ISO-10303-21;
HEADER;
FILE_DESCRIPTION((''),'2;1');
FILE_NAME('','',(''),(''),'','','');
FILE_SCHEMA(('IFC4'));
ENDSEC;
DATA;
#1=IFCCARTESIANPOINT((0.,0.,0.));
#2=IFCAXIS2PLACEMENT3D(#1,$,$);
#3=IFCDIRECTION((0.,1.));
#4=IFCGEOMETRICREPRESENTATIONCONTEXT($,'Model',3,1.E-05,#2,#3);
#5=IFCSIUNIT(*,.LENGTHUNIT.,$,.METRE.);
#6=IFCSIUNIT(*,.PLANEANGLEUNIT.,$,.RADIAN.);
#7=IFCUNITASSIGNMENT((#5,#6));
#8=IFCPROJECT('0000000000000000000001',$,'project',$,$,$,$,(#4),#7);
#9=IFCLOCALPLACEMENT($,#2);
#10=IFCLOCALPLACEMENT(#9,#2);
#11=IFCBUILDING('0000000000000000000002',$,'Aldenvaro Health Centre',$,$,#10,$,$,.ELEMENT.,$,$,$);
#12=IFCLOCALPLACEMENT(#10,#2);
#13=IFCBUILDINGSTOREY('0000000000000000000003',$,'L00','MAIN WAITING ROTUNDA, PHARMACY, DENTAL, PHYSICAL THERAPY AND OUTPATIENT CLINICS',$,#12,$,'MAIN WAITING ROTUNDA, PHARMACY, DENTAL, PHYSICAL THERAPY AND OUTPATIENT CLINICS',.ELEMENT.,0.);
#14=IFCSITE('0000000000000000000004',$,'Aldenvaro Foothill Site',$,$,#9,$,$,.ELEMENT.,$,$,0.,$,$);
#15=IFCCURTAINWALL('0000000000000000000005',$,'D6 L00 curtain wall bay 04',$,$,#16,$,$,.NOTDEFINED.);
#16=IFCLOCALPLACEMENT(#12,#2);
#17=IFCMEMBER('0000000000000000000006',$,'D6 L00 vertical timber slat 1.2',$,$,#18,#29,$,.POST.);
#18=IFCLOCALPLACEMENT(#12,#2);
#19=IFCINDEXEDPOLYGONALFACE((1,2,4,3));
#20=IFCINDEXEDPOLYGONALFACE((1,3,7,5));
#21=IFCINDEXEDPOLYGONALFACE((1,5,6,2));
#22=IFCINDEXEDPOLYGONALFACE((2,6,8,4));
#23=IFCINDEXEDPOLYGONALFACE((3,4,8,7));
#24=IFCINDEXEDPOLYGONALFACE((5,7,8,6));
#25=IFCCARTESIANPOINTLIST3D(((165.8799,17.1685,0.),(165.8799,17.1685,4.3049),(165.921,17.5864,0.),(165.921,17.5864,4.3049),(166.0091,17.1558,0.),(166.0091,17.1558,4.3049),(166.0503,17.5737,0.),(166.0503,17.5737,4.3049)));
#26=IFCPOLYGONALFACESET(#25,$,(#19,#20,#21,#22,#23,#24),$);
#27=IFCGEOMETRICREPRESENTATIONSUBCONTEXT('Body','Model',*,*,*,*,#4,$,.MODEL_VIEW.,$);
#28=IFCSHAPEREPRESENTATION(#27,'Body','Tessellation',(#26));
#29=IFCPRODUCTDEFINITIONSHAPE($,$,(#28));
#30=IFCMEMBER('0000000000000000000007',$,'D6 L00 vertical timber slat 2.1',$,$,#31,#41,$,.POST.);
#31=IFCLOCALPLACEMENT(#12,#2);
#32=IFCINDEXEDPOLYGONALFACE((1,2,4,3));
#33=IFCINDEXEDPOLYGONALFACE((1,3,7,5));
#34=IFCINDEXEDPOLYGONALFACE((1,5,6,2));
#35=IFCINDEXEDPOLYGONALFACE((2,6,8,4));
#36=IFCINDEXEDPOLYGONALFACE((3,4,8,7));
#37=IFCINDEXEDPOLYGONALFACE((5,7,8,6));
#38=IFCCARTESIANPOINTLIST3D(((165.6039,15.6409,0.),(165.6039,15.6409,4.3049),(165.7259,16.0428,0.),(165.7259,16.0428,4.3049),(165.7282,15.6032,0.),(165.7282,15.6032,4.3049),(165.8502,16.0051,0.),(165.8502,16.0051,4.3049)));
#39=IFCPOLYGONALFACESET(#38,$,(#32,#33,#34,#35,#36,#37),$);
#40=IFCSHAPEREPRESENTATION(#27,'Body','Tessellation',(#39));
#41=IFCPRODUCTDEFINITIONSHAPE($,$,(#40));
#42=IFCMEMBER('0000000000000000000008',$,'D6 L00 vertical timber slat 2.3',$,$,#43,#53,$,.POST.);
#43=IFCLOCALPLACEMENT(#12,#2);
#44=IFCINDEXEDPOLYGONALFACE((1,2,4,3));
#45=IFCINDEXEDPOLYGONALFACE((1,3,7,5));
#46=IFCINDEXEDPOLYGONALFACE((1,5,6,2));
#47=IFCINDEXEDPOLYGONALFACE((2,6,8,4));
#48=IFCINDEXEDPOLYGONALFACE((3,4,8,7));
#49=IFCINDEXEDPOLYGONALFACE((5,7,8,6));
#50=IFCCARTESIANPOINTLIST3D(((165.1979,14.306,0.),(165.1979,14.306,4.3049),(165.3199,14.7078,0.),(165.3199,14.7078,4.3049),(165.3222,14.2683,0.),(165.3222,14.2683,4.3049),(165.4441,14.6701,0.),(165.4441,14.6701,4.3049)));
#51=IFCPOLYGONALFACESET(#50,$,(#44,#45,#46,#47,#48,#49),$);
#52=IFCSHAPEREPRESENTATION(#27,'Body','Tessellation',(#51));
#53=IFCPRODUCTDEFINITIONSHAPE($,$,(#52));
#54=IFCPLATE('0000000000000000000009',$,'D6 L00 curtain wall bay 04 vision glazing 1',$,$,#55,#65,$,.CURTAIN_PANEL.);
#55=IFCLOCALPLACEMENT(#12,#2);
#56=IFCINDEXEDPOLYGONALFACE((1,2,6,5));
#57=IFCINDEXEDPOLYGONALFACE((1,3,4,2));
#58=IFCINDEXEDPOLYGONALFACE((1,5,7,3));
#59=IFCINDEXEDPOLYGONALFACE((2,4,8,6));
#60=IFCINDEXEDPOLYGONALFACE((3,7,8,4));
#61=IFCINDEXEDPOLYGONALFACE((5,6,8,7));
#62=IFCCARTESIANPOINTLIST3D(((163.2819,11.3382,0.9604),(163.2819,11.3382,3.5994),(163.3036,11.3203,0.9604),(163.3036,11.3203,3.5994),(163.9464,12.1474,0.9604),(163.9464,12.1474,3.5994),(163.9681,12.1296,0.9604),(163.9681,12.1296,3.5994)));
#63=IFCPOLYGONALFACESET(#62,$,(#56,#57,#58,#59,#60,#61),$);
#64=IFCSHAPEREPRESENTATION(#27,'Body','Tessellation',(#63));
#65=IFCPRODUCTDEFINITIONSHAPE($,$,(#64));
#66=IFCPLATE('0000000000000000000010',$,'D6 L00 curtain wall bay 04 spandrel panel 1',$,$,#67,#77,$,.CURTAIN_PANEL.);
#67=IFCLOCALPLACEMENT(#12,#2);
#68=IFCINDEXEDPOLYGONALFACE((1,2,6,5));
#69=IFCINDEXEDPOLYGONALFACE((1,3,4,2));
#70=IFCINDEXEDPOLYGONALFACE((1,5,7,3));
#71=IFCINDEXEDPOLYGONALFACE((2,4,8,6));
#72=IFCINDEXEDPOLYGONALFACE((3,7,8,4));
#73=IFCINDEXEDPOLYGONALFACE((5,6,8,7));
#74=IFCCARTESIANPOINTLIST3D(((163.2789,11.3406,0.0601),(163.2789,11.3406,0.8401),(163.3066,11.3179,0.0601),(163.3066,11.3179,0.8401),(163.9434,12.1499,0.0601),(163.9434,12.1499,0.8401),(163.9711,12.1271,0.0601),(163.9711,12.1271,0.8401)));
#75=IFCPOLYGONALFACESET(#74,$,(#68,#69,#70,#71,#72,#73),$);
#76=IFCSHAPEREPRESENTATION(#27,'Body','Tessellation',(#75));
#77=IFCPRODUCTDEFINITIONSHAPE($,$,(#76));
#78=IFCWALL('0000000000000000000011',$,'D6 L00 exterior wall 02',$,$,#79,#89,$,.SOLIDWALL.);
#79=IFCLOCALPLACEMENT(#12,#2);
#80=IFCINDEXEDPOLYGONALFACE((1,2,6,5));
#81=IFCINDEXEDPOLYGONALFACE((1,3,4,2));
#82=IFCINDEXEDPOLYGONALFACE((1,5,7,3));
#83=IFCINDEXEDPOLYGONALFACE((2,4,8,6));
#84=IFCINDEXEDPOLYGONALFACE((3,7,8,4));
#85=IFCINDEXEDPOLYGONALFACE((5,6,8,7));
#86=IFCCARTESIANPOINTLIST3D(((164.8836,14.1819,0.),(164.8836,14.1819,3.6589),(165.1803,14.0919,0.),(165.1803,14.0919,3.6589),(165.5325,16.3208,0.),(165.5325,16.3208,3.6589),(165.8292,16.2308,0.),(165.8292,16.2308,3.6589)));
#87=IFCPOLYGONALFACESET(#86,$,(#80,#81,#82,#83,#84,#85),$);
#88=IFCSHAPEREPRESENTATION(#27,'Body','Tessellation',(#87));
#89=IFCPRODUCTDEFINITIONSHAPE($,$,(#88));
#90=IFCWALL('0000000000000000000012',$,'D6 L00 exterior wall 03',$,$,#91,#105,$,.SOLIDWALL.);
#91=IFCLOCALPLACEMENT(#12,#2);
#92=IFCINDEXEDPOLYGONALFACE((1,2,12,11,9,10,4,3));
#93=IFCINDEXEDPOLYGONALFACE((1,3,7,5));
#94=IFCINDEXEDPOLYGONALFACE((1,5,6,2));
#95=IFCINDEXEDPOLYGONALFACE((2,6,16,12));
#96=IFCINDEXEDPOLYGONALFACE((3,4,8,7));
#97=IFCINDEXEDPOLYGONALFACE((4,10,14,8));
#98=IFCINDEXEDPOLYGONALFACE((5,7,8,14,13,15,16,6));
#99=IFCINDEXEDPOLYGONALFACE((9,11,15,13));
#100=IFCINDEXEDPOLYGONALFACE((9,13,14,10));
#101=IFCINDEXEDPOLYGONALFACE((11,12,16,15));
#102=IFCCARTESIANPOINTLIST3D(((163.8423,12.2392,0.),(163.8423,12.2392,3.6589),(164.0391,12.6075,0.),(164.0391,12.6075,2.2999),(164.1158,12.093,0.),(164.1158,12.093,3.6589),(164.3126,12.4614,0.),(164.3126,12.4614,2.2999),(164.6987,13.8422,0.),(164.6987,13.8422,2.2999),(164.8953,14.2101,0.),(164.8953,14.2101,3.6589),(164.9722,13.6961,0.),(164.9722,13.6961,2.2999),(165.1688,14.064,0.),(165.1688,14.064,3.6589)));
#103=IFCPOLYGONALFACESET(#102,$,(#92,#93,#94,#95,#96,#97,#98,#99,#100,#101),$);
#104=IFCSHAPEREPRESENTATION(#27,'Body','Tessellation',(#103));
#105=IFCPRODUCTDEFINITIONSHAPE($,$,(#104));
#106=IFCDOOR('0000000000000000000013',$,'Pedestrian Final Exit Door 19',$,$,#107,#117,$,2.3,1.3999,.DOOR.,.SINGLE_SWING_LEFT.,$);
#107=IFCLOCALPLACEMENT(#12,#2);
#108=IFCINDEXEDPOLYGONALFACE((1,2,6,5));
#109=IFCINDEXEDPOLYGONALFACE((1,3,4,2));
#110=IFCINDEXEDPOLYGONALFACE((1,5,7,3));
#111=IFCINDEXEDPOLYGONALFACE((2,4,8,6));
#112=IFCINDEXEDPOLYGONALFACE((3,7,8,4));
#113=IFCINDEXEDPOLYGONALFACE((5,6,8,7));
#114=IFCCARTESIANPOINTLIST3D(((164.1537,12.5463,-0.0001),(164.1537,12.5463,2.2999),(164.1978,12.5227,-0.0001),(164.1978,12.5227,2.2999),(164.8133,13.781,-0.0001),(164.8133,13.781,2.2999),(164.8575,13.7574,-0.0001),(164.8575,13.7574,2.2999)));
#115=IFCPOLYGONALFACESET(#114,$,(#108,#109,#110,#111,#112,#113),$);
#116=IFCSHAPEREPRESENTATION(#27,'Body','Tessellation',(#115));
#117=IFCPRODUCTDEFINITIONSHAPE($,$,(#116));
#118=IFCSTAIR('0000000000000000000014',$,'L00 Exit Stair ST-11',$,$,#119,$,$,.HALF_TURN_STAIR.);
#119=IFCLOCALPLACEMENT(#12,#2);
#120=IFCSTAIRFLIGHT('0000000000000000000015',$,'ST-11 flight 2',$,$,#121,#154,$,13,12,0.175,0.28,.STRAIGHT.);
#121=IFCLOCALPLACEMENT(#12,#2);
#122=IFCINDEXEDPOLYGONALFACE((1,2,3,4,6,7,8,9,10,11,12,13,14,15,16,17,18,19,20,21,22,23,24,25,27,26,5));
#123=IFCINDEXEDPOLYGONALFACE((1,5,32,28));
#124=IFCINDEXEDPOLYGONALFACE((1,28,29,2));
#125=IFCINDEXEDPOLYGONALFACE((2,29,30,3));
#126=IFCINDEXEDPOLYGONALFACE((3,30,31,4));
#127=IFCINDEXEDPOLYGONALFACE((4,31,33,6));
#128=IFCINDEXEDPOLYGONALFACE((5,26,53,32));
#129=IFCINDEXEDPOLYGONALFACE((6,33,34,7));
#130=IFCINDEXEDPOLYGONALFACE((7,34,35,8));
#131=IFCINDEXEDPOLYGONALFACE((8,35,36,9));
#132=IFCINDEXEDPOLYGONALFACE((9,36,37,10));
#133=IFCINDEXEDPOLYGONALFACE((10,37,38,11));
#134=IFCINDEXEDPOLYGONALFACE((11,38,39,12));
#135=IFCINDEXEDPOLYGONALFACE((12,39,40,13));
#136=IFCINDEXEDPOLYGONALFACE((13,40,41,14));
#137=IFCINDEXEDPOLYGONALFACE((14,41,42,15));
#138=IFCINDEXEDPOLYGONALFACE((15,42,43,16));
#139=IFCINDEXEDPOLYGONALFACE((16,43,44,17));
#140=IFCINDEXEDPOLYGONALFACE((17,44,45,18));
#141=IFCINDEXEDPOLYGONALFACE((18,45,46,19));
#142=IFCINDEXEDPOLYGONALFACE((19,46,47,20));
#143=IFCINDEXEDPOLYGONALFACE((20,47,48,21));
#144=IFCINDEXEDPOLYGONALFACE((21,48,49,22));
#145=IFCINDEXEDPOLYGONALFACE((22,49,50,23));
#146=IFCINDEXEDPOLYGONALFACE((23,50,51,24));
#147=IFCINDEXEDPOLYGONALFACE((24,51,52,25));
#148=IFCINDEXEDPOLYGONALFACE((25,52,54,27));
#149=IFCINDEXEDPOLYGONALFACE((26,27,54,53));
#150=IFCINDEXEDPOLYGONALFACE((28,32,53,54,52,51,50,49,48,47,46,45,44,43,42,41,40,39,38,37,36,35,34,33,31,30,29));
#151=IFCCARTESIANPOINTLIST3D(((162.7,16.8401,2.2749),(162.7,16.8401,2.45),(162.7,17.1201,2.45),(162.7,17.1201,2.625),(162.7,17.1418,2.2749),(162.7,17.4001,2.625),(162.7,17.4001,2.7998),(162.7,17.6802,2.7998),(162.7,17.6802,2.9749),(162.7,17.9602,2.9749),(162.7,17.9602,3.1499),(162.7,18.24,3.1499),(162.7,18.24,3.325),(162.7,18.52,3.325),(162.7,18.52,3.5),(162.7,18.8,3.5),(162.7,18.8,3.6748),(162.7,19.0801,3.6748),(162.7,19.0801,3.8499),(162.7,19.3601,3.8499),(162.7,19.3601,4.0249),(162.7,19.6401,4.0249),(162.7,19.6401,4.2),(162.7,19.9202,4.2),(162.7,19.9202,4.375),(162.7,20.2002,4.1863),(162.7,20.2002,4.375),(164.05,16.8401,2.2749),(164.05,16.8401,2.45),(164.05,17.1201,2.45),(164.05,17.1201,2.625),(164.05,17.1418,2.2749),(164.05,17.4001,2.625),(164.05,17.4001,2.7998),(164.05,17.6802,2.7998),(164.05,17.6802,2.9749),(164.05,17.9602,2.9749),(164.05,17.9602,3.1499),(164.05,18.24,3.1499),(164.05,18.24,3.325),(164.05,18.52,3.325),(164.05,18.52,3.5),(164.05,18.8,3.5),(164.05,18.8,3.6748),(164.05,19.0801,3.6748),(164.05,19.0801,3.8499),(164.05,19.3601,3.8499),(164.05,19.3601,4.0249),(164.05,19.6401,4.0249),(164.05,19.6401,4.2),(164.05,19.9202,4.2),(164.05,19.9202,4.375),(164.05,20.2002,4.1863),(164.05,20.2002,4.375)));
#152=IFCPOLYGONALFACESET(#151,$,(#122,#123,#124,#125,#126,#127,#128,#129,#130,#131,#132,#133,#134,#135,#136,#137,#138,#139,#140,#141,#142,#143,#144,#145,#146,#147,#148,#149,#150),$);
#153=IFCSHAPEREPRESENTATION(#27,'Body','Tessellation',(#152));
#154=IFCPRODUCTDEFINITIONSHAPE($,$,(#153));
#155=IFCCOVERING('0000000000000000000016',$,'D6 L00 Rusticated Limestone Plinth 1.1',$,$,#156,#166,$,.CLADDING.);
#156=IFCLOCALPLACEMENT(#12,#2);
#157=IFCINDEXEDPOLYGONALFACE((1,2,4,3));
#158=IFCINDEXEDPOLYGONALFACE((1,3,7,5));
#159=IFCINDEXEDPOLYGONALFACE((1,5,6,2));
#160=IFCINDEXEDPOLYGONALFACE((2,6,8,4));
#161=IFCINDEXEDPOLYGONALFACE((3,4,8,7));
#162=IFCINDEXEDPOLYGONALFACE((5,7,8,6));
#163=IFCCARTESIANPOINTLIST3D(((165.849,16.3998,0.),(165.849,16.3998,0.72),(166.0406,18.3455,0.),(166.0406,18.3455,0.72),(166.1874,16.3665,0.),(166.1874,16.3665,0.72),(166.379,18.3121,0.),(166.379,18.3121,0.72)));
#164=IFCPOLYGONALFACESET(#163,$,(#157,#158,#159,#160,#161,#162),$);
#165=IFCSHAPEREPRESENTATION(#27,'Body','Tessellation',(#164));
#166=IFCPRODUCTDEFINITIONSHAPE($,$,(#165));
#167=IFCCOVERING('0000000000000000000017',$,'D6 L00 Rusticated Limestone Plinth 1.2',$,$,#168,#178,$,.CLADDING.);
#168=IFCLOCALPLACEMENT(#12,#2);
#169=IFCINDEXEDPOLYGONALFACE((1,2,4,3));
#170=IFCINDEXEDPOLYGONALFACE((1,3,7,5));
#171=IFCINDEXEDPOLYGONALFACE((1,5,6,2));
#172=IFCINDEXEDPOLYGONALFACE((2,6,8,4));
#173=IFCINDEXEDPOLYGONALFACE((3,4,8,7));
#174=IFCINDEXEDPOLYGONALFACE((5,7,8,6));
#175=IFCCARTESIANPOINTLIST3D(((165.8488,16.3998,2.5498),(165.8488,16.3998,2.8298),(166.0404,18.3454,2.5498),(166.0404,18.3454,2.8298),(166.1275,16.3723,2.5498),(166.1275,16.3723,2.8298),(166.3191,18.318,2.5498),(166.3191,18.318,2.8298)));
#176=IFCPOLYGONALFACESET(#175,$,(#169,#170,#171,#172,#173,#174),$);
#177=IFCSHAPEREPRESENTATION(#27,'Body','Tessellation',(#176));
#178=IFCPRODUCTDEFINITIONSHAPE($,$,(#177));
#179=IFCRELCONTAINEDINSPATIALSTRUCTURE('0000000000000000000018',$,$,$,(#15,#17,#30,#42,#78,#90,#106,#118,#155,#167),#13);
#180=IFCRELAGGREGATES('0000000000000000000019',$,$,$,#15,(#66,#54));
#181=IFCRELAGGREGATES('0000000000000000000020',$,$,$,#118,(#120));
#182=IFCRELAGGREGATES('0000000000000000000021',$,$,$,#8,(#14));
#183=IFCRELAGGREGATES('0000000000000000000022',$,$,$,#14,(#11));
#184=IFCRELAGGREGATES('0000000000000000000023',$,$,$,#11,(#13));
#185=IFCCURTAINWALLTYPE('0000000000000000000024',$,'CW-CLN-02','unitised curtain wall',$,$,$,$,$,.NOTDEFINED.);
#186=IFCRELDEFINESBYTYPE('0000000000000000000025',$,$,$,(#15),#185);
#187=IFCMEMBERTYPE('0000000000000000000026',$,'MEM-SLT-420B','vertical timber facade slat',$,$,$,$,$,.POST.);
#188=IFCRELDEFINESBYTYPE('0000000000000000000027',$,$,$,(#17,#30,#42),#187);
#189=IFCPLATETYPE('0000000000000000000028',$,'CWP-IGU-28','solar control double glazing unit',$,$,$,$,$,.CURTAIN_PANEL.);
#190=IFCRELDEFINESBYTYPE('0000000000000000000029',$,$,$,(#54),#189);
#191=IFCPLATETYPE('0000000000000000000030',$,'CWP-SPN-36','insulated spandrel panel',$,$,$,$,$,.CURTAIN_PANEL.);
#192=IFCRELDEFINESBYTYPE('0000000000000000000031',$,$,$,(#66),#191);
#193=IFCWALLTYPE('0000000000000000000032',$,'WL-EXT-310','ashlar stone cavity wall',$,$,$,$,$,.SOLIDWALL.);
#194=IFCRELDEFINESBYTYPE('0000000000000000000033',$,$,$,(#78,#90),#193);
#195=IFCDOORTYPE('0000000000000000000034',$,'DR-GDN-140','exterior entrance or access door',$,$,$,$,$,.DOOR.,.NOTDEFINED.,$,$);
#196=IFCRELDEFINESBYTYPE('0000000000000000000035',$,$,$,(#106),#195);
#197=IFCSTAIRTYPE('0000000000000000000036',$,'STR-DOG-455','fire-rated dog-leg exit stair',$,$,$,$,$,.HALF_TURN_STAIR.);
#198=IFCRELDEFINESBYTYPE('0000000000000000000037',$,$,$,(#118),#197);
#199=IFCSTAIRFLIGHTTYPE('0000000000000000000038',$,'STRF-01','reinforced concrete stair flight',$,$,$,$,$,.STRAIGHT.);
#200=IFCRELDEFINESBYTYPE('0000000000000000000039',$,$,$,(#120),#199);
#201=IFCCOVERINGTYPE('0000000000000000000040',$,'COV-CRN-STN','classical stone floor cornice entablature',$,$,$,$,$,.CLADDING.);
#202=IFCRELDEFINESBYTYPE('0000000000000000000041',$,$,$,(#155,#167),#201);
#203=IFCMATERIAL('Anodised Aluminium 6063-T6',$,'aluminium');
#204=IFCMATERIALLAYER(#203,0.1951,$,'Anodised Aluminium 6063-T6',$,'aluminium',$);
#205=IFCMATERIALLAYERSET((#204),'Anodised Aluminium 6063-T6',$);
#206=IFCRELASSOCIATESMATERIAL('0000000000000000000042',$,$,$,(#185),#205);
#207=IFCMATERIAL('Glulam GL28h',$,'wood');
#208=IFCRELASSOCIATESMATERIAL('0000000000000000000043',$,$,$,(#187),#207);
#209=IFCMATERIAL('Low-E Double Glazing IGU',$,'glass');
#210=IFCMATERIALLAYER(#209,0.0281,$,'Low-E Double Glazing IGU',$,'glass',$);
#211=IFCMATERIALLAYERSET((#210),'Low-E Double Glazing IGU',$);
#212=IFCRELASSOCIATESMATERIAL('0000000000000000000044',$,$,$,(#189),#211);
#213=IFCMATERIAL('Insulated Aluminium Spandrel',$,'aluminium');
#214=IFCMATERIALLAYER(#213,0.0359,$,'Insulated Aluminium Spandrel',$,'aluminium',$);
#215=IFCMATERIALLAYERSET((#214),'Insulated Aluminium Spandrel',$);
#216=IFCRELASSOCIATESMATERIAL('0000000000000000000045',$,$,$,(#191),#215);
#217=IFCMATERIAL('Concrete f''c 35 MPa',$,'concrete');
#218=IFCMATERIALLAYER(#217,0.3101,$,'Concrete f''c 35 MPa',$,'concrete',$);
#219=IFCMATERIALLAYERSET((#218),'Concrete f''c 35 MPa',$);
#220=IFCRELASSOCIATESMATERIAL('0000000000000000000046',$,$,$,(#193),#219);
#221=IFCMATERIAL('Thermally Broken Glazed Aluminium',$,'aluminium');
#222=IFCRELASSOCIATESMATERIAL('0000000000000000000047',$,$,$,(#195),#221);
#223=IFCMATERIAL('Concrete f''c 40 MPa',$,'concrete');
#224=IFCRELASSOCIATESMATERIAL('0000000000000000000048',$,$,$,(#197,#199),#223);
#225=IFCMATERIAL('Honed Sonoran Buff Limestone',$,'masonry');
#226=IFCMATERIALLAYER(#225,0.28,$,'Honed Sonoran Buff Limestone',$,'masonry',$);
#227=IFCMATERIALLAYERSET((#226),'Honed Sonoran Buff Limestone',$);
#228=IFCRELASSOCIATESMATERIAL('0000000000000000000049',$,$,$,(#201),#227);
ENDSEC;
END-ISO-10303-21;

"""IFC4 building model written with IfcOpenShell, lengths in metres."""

from ifc_helpers import new_model, si_unit, direction, frame, frame_2d, origin, origin_2d, place, context, subcontext, project, spatial, polyline, rectangle, outline, extrude, material, layer, layer_set, material_profile, profile_set, type_object, element, fill, aggregate, save


model = new_model("IFC4")

# Units and contexts
model_context = context("Model", 3, precision=1e-05, world=origin(), true_north=direction((0.0, 1.0)))
body_context = subcontext(model_context, "Body", "Model", "MODEL_VIEW")
ifc_project = project(units=[si_unit("LENGTHUNIT", "METRE"), si_unit("PLANEANGLEUNIT", "RADIAN")], contexts=[model_context])

# Site, building, storey
site_placement = place(None, origin())
site = spatial("IfcSite", under=ifc_project, at=site_placement, Name="Aldenvaro Foothill Site", CompositionType="ELEMENT", RefElevation=0.0)
building_placement = place(site_placement, origin())
building = spatial("IfcBuilding", under=site, at=building_placement, Name="Aldenvaro Health Centre", CompositionType="ELEMENT")
storey_placement = place(building_placement, origin())
storey = spatial("IfcBuildingStorey", under=building, at=storey_placement, Name="L00", Description="MAIN WAITING ROTUNDA, PHARMACY, DENTAL, PHYSICAL THERAPY AND OUTPATIENT CLINICS", LongName="MAIN WAITING ROTUNDA, PHARMACY, DENTAL, PHYSICAL THERAPY AND OUTPATIENT CLINICS", CompositionType="ELEMENT", Elevation=0.0)

# Shared definitions
ifc_material_1 = material(Name="Concrete f'c 40 MPa", Category="concrete")

# Shared definitions
ifc_material_2 = material(Name="Glulam GL28h", Category="wood")

# Curtain wall
ifc_material_3 = material(Name="Anodised Aluminium 6063-T6", Category="aluminium")
ifc_layer_1 = layer(ifc_material_3, 0.1951, Name="Anodised Aluminium 6063-T6", Category="aluminium")
ifc_layer_set_1 = layer_set([ifc_layer_1], Name="Anodised Aluminium 6063-T6")
curtain_wall_type = type_object("IfcCurtainWallType", Name="CW-CLN-02", Description="unitised curtain wall", PredefinedType="NOTDEFINED", material=ifc_layer_set_1)
curtain_wall_placement = place(storey_placement, origin())
curtain_wall = element("IfcCurtainWall", 1, at=curtain_wall_placement, inside=storey, type_object=curtain_wall_type, Name="D6 L00 curtain wall bay 04", PredefinedType="NOTDEFINED")

# Members
ifc_material_profile_1 = material_profile(ifc_material_2, rectangle(XDim=0.1299, YDim=0.4199, at=origin_2d()), Name="GL 130x420", Category="wood")
ifc_profile_set_1 = profile_set([ifc_material_profile_1], Name="Glulam GL28h")
member_type_1 = type_object("IfcMemberType", Name="MEM-SLT-420B", Description="vertical timber facade slat", PredefinedType="POST", material=ifc_profile_set_1)
for number, where, z_axis, x_axis, name in (
    (2, (165.9651, 17.3711, 0.0), (0.0, 0.0, 1.0), (0.995187, -0.097997, 0.0), "D6 L00 vertical timber slat 1.2"),
    (3, (165.7271, 15.823, 0.0), (0.0, 0.0, 1.0), (0.956923, -0.290343, 0.0), "D6 L00 vertical timber slat 2.1"),
    (4, (165.321, 14.488, 0.0), (0.0, 0.0, 1.0), (0.956923, -0.290343, 0.0), "D6 L00 vertical timber slat 2.3"),
):
    element("IfcMember", number, at=place(storey_placement, frame(where, z_axis=z_axis, x_axis=x_axis)), inside=storey, type_object=member_type_1, Name=name, PredefinedType="POST", context=body_context, shape_type="SweptSolid", body=[
        extrude(rectangle(XDim=0.1299, YDim=0.4199, at=origin_2d()), origin(), (0.0, 0.0, 1.0), 4.3049),
    ])

# Plates
ifc_material_4 = material(Name="Low-E Double Glazing IGU", Category="glass")
ifc_layer_2 = layer(ifc_material_4, 0.0281, Name="Low-E Double Glazing IGU", Category="glass")
ifc_layer_set_2 = layer_set([ifc_layer_2], Name="Low-E Double Glazing IGU")
plate_type_1 = type_object("IfcPlateType", Name="CWP-IGU-28", Description="solar control double glazing unit", PredefinedType="CURTAIN_PANEL", material=ifc_layer_set_2)
plate_1_placement = place(storey_placement, frame((163.625, 11.7339, 0.9604), z_axis=(0.0, 0.0, 1.0), x_axis=(-0.634577, -0.77286, 0.0)))
plate_1 = element("IfcPlate", 5, at=plate_1_placement, type_object=plate_type_1, Name="D6 L00 curtain wall bay 04 vision glazing 1", PredefinedType="CURTAIN_PANEL", context=body_context, shape_type="SweptSolid", body=[
    extrude(rectangle(XDim=1.0471, YDim=0.0281, at=origin_2d()), origin(), (0.0, 0.0, 1.0), 2.6389),
])
ifc_material_5 = material(Name="Insulated Aluminium Spandrel", Category="aluminium")
ifc_layer_3 = layer(ifc_material_5, 0.0359, Name="Insulated Aluminium Spandrel", Category="aluminium")
ifc_layer_set_3 = layer_set([ifc_layer_3], Name="Insulated Aluminium Spandrel")
plate_type_2 = type_object("IfcPlateType", Name="CWP-SPN-36", Description="insulated spandrel panel", PredefinedType="CURTAIN_PANEL", material=ifc_layer_set_3)
plate_2_placement = place(storey_placement, frame((163.625, 11.7339, 0.0601), z_axis=(0.0, 0.0, 1.0), x_axis=(-0.634577, -0.77286, 0.0)))
plate_2 = element("IfcPlate", 6, at=plate_2_placement, type_object=plate_type_2, Name="D6 L00 curtain wall bay 04 spandrel panel 1", PredefinedType="CURTAIN_PANEL", context=body_context, shape_type="SweptSolid", body=[
    extrude(rectangle(XDim=1.0471, YDim=0.0359, at=origin_2d()), origin(), (0.0, 0.0, 1.0), 0.78),
])
aggregate(curtain_wall, [plate_2, plate_1])

# Wall
ifc_material_6 = material(Name="Concrete f'c 35 MPa", Category="concrete")
ifc_layer_4 = layer(ifc_material_6, 0.3101, Name="Concrete f'c 35 MPa", Category="concrete")
ifc_layer_set_4 = layer_set([ifc_layer_4], Name="Concrete f'c 35 MPa")
wall_type = type_object("IfcWallType", Name="WL-EXT-310", Description="ashlar stone cavity wall", PredefinedType="SOLIDWALL", material=ifc_layer_set_4)
wall_1_placement = place(storey_placement, frame((165.6809, 16.2759, 0.0), z_axis=(0.0, 0.0, 1.0), x_axis=(-0.290323, -0.956929, 0.0)))
element("IfcWall", 7, at=wall_1_placement, inside=storey, type_object=wall_type, Name="D6 L00 exterior wall 02", PredefinedType="SOLIDWALL", context=body_context, shape_type="SweptSolid", body=[
    extrude(rectangle(XDim=2.2351, YDim=0.3101, at=frame_2d((1.1177, 0.0))), origin(), (0.0, 0.0, 1.0), 3.6589),
])

# Wall, opening, door
wall_2_placement = place(storey_placement, frame((165.032, 14.137, 0.0), z_axis=(0.0, 0.0, 1.0), x_axis=(-0.471218, -0.882017, 0.0)))
wall_2 = element("IfcWall", 8, at=wall_2_placement, inside=storey, type_object=wall_type, Name="D6 L00 exterior wall 03", PredefinedType="SOLIDWALL", context=body_context, shape_type="SweptSolid", body=[
    extrude(rectangle(XDim=2.2346, YDim=0.3101, at=frame_2d((1.1172, 0.0))), origin(), (0.0, 0.0, 1.0), 3.6589),
])
opening_placement = place(wall_2_placement, frame((0.417, 0.0, 0.0)))
opening = element("IfcOpeningElement", 9, at=opening_placement, cuts=wall_2, PredefinedType="OPENING", context=body_context, shape_type="SweptSolid", body=[
    extrude(rectangle(XDim=1.3999, YDim=2.3, at=frame_2d((0.7, 1.1499))), frame((0.0, 0.165, 0.0), z_axis=(0.0, -1.0, 0.0), x_axis=(1.0, 0.0, 0.0)), (0.0, 0.0, 1.0), 0.3301),
])
ifc_material_7 = material(Name="Thermally Broken Glazed Aluminium", Category="aluminium")
door_type = type_object("IfcDoorType", Name="DR-GDN-140", Description="exterior entrance or access door", OperationType="NOTDEFINED", PredefinedType="DOOR", material=ifc_material_7)
door_placement = place(opening_placement, origin())
door = element("IfcDoor", 10, at=door_placement, inside=storey, type_object=door_type, Name="Pedestrian Final Exit Door 19", OperationType="SINGLE_SWING_LEFT", OverallHeight=2.3, OverallWidth=1.3999, PredefinedType="DOOR", context=body_context, shape_type="SweptSolid", body=[
    extrude(rectangle(XDim=1.3999, YDim=2.3, at=frame_2d((0.7, 1.1499))), frame((0.0, 0.0249, 0.0), z_axis=(0.0, -1.0, 0.0), x_axis=(1.0, 0.0, 0.0)), (0.0, 0.0, 1.0), 0.05),
])
fill(opening, door)

# Stair, stair flight
stair_type = type_object("IfcStairType", Name="STR-DOG-455", Description="fire-rated dog-leg exit stair", PredefinedType="HALF_TURN_STAIR", material=ifc_material_1)
stair_placement = place(storey_placement, origin())
stair = element("IfcStair", 11, at=stair_placement, inside=storey, type_object=stair_type, Name="L00 Exit Stair ST-11", PredefinedType="HALF_TURN_STAIR")
stair_flight_type = type_object("IfcStairFlightType", Name="STRF-01", Description="reinforced concrete stair flight", PredefinedType="STRAIGHT", material=ifc_material_1)
stair_flight_placement = place(storey_placement, frame((163.375, 16.8401, 2.2749), z_axis=(0.0, 0.0, 1.0), x_axis=(0.0, 1.0, 0.0)))
stair_flight = element("IfcStairFlight", 12, at=stair_flight_placement, type_object=stair_flight_type, Name="ST-11 flight 2", NumberOfRisers=13, NumberOfTreads=12, PredefinedType="STRAIGHT", RiserHeight=0.175, TreadLength=0.28, context=body_context, shape_type="SweptSolid", body=[
    extrude(outline(polyline([(0.0, 0.0), (0.0, 0.175), (0.28, 0.175), (0.28, 0.3501), (0.5601, 0.3501), (0.5601, 0.5249), (0.8401, 0.5249), (0.8401, 0.7), (1.1201, 0.7), (1.1201, 0.875), (1.3999, 0.875), (1.3999, 1.05), (1.6799, 1.05), (1.6799, 1.2251), (1.96, 1.2251), (1.96, 1.3999), (2.24, 1.3999), (2.24, 1.575), (2.52, 1.575), (2.52, 1.75), (2.8, 1.75), (2.8, 1.925), (3.0801, 1.925), (3.0801, 2.1001), (3.3601, 2.1001), (3.3601, 2.2749), (3.3601, 1.9114), (0.3018, 0.0), (0.0, 0.0)])), frame((0.0, 0.675, 0.0), z_axis=(0.0, -1.0, 0.0), x_axis=(1.0, 0.0, 0.0)), (0.0, 0.0, 1.0), 1.3501),
])
aggregate(stair, [stair_flight])

# Coverings
ifc_material_8 = material(Name="Honed Sonoran Buff Limestone", Category="masonry")
ifc_layer_5 = layer(ifc_material_8, 0.28, Name="Honed Sonoran Buff Limestone", Category="masonry")
ifc_layer_set_5 = layer_set([ifc_layer_5], Name="Honed Sonoran Buff Limestone")
covering_type = type_object("IfcCoveringType", Name="COV-CRN-STN", Description="classical stone floor cornice entablature", PredefinedType="CLADDING", material=ifc_layer_set_5)
covering_1_placement = place(storey_placement, frame((166.114, 17.356, 0.0), z_axis=(0.0, 0.0, 1.0), x_axis=(-0.097997, -0.995187, 0.0)))
element("IfcCovering", 13, at=covering_1_placement, inside=storey, type_object=covering_type, Name="D6 L00 Rusticated Limestone Plinth 1.1", PredefinedType="CLADDING", context=body_context, shape_type="SweptSolid", body=[
    extrude(rectangle(XDim=1.9551, YDim=0.3401, at=origin_2d()), origin(), (0.0, 0.0, 1.0), 0.72),
])
covering_2_placement = place(storey_placement, frame((166.084, 17.3589, 2.5498), z_axis=(0.0, 0.0, 1.0), x_axis=(-0.097997, -0.995187, 0.0)))
element("IfcCovering", 14, at=covering_2_placement, inside=storey, type_object=covering_type, Name="D6 L00 Rusticated Limestone Plinth 1.2", PredefinedType="CLADDING", context=body_context, shape_type="SweptSolid", body=[
    extrude(rectangle(XDim=1.9551, YDim=0.28, at=origin_2d()), origin(), (0.0, 0.0, 1.0), 0.28),
])

save(model, "model.ifc")
